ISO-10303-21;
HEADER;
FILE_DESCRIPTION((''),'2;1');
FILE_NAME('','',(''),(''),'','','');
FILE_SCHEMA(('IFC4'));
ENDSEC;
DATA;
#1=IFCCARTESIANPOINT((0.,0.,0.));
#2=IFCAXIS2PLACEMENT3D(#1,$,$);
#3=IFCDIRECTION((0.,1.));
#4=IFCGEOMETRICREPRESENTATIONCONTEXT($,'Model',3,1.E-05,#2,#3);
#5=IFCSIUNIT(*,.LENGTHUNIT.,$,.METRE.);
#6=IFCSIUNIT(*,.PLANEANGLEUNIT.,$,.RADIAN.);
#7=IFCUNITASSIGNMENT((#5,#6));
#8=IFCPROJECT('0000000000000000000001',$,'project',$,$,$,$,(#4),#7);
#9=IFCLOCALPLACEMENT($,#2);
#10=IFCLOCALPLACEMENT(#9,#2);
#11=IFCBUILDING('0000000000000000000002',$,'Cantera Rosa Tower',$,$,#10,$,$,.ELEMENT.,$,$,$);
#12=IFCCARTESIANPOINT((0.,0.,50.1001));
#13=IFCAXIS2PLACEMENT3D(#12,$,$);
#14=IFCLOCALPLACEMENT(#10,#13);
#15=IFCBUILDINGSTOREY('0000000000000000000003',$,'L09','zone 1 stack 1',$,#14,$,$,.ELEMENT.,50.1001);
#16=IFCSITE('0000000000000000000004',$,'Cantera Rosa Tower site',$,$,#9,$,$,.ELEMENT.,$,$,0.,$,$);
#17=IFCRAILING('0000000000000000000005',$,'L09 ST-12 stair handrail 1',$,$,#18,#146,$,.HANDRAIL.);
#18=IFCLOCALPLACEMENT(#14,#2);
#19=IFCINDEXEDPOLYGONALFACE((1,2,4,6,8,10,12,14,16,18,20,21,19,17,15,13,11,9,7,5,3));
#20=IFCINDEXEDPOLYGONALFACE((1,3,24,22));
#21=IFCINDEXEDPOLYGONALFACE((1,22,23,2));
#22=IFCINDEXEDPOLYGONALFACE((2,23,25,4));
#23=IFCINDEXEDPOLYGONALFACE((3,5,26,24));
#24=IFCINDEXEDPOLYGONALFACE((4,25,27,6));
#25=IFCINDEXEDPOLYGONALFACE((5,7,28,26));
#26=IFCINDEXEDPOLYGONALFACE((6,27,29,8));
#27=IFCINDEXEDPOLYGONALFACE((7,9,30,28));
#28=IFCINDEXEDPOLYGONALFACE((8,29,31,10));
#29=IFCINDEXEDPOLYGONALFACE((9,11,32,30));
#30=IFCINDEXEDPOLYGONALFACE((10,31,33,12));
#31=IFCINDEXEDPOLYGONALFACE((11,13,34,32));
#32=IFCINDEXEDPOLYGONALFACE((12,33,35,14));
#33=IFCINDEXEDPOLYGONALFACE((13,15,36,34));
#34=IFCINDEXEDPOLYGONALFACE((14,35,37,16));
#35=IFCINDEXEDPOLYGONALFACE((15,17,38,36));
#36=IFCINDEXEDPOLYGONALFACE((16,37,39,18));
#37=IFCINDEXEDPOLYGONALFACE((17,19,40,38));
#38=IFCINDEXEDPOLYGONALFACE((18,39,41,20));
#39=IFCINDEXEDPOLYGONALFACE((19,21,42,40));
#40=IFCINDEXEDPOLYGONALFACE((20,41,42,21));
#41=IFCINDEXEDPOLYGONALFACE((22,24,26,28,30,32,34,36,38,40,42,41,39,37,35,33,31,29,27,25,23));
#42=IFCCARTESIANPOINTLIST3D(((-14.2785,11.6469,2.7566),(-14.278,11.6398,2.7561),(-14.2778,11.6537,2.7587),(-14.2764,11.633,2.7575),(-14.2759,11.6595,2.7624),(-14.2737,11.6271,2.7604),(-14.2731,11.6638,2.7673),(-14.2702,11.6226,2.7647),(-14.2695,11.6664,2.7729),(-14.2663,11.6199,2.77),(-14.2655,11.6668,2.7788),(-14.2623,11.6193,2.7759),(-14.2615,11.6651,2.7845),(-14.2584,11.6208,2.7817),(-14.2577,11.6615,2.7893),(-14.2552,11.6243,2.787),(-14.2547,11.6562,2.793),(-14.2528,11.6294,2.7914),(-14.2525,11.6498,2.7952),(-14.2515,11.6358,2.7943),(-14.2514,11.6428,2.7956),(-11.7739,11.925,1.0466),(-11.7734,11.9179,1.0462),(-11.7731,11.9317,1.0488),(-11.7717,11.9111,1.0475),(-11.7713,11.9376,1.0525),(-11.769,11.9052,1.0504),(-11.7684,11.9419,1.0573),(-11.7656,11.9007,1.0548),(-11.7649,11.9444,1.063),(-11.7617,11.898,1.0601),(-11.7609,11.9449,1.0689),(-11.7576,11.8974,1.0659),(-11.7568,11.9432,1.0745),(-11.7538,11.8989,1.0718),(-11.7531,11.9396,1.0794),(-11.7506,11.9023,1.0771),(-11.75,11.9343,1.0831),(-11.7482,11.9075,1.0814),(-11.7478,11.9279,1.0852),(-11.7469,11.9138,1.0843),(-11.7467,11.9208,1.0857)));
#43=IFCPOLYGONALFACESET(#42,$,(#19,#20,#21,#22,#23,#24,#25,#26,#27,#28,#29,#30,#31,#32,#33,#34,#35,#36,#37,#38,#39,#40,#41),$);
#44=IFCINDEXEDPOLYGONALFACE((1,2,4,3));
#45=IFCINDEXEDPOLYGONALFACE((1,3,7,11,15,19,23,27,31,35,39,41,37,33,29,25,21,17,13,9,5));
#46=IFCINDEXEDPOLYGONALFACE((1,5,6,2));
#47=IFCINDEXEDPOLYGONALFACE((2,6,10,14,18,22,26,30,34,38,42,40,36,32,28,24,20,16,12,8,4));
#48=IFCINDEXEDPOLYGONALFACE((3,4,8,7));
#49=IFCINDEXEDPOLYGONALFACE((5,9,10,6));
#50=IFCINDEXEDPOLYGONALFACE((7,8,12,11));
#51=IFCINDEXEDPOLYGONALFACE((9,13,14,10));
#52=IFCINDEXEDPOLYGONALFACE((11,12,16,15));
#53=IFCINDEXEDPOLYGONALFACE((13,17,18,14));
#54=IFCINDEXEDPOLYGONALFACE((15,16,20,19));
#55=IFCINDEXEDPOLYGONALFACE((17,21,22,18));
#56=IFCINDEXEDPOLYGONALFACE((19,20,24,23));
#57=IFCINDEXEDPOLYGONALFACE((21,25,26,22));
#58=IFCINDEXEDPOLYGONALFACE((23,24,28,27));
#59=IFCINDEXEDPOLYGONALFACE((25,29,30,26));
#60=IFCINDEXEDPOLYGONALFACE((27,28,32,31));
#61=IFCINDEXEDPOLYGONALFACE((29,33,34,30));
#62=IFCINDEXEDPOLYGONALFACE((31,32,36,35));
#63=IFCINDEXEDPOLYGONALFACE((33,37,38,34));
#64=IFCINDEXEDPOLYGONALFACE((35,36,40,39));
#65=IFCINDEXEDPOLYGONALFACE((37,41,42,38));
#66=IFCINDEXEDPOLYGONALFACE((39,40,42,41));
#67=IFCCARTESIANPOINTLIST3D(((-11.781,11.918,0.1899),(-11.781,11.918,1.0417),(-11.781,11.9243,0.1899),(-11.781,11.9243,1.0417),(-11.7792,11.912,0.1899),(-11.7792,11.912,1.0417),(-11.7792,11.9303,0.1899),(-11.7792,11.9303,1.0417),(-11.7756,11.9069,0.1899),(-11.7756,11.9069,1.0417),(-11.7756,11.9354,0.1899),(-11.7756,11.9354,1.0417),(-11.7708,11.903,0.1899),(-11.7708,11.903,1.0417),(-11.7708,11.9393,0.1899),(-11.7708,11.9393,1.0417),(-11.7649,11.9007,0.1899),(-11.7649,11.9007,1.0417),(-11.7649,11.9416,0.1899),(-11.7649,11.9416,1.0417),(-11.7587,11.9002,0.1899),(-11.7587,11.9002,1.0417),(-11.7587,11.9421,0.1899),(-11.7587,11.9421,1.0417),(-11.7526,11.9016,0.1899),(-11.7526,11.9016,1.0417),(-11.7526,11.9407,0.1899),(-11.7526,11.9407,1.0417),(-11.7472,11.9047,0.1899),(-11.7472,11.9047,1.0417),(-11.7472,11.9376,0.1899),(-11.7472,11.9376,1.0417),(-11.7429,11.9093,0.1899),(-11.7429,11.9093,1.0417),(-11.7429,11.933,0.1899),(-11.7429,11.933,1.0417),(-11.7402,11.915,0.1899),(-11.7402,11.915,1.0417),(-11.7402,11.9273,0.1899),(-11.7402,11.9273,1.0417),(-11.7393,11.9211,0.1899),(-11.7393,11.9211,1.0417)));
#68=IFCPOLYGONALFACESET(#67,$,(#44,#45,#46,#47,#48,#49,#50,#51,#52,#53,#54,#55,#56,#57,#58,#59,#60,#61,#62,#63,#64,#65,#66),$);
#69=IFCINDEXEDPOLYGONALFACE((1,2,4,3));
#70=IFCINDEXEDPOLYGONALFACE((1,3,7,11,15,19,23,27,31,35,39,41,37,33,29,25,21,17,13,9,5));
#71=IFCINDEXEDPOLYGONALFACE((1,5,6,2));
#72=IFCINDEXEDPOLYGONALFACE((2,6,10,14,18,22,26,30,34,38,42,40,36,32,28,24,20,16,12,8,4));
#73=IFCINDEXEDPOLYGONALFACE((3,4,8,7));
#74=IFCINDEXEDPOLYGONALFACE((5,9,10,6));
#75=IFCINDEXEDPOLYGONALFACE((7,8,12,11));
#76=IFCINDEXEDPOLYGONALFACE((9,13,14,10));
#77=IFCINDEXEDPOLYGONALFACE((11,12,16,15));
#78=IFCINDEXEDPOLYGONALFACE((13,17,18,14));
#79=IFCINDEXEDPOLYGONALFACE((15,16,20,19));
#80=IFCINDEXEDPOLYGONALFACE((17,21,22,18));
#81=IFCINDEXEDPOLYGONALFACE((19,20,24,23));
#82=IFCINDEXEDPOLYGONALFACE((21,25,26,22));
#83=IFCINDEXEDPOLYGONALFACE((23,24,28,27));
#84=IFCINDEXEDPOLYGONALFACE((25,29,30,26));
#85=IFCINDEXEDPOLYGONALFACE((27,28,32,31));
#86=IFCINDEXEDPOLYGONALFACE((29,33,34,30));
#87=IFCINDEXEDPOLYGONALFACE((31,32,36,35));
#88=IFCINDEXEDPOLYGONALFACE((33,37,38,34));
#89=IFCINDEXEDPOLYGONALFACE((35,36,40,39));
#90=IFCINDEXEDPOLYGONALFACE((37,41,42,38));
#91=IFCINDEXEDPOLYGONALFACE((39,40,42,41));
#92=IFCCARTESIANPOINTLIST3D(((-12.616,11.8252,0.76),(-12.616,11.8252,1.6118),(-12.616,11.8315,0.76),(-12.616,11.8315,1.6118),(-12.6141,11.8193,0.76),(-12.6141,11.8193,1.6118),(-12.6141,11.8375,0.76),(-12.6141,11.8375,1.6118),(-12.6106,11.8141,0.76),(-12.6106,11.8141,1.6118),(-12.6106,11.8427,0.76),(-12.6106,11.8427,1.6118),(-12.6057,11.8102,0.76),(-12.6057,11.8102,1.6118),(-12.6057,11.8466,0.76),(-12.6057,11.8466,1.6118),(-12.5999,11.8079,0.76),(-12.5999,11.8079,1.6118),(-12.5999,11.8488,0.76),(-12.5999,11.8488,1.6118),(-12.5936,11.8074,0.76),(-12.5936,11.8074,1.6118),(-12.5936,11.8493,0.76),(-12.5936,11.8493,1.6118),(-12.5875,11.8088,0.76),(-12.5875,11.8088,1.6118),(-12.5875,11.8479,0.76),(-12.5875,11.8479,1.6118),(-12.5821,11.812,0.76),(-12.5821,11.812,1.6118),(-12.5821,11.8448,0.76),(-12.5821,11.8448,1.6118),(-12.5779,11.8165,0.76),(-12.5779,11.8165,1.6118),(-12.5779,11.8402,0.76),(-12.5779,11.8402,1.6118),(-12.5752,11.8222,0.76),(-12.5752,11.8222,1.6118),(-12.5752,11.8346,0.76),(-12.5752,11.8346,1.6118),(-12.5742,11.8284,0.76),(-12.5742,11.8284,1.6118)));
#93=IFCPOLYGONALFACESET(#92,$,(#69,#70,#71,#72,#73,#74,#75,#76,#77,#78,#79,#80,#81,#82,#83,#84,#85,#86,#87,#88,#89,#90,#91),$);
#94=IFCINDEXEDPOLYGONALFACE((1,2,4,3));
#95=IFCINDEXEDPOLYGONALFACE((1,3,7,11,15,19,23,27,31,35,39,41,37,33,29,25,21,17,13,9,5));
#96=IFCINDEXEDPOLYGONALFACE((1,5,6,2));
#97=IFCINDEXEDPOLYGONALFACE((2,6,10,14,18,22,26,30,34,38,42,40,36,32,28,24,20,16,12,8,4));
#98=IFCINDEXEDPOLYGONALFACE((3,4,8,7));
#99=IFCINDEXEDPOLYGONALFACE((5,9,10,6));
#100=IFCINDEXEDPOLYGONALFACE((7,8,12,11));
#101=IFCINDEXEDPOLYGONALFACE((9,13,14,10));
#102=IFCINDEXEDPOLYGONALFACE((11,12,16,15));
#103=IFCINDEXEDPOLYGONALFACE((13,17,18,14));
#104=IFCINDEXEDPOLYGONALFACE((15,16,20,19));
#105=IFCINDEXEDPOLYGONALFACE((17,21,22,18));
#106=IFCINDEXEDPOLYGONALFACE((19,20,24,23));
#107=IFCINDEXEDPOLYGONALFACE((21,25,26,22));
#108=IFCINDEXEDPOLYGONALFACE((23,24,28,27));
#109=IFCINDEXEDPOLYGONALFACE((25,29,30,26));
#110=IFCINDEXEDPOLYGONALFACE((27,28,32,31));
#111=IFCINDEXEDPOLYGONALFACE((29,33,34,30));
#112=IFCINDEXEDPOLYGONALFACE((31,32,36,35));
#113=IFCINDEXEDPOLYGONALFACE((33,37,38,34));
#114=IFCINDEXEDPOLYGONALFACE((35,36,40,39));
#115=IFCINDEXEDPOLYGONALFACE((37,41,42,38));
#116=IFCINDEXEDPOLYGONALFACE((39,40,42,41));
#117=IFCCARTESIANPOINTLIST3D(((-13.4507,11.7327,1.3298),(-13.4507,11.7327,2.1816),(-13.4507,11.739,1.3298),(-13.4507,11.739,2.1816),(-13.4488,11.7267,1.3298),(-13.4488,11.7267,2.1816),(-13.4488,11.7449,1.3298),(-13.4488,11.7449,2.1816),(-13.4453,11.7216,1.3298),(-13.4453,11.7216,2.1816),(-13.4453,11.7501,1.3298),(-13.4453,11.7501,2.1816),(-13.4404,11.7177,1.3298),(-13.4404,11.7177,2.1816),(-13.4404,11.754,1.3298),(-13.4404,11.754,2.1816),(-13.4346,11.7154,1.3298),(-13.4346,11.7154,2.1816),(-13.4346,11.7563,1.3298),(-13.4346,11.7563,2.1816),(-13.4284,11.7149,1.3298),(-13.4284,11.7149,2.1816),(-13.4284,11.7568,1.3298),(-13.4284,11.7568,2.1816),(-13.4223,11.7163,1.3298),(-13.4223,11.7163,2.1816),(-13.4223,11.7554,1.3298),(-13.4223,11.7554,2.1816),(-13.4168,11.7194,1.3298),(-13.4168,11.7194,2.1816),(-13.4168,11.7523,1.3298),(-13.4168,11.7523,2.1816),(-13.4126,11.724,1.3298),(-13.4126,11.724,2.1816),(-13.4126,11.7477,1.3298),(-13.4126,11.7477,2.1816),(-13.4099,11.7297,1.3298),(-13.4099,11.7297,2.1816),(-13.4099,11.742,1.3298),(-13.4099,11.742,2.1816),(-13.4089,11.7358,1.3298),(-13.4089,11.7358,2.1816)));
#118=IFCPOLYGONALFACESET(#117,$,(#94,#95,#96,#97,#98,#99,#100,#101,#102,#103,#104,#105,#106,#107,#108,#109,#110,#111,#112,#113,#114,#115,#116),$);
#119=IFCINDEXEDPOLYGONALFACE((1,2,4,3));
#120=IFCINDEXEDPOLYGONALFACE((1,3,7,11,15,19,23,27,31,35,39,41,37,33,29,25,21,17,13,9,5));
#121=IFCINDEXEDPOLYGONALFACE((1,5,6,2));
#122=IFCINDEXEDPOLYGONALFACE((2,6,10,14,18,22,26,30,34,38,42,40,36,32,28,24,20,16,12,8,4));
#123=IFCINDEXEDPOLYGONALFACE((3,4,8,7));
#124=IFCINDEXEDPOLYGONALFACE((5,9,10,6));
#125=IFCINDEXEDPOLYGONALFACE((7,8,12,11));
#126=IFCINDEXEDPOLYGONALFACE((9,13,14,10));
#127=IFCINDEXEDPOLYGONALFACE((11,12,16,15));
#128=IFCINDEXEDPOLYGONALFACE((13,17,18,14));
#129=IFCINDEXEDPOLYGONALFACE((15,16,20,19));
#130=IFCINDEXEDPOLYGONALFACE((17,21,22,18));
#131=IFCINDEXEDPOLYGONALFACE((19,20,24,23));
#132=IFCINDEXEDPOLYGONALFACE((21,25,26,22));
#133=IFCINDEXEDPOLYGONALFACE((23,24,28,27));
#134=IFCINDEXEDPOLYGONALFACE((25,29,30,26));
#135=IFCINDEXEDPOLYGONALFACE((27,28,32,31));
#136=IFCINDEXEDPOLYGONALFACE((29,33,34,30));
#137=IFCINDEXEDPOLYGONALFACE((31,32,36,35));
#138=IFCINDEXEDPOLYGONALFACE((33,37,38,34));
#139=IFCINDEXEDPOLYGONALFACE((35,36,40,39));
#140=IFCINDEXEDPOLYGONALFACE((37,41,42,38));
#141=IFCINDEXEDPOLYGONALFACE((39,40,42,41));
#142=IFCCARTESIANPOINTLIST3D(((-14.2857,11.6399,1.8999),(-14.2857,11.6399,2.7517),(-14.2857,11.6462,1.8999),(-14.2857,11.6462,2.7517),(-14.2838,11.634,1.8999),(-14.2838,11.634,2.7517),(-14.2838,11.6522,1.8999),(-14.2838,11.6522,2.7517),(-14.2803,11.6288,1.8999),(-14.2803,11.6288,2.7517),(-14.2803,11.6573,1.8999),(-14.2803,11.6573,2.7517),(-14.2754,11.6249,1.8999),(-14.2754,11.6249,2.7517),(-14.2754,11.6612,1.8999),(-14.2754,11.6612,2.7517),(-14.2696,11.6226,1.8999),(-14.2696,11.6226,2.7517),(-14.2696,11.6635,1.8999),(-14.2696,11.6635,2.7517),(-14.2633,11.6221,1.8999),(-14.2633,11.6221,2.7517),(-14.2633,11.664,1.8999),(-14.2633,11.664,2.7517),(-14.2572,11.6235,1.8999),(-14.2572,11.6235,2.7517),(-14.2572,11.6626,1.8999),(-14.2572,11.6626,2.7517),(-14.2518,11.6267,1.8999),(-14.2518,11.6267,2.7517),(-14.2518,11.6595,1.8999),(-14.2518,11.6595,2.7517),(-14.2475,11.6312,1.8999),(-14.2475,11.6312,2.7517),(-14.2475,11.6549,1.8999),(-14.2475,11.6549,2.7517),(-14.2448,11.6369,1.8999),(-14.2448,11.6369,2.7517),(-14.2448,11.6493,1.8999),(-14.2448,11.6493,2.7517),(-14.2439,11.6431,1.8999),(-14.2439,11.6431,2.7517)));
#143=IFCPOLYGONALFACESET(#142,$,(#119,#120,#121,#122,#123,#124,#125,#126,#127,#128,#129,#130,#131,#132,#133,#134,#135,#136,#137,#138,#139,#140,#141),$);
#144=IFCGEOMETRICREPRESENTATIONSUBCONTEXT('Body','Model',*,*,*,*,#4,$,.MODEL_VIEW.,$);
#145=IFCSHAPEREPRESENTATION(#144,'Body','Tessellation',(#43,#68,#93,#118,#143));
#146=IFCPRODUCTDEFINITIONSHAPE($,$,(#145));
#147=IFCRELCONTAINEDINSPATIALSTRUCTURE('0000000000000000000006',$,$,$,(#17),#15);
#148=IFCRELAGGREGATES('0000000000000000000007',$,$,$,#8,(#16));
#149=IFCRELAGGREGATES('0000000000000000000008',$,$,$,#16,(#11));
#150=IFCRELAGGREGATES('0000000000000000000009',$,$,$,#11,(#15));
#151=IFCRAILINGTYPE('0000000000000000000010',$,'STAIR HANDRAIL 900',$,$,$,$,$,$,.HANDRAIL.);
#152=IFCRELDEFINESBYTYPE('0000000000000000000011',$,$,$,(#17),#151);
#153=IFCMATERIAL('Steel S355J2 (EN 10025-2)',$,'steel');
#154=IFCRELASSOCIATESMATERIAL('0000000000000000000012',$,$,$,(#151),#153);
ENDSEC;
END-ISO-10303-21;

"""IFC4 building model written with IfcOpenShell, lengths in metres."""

from ifc_helpers import new_model, si_unit, direction, frame, origin, origin_2d, place, context, subcontext, project, spatial, circle, extrude, material, type_object, element, save


model = new_model("IFC4")

# Units and contexts
model_context = context("Model", 3, precision=1e-05, world=origin(), true_north=direction((0.0, 1.0)))
body_context = subcontext(model_context, "Body", "Model", "MODEL_VIEW")
ifc_project = project(units=[si_unit("LENGTHUNIT", "METRE"), si_unit("PLANEANGLEUNIT", "RADIAN")], contexts=[model_context])

# Site, building, storey
site_placement = place(None, origin())
site = spatial("IfcSite", under=ifc_project, at=site_placement, Name="Cantera Rosa Tower site", CompositionType="ELEMENT", RefElevation=0.0)
building_placement = place(site_placement, origin())
building = spatial("IfcBuilding", under=site, at=building_placement, Name="Cantera Rosa Tower", CompositionType="ELEMENT")
storey_placement = place(building_placement, frame((0.0, 0.0, 50.1001)))
storey = spatial("IfcBuildingStorey", under=building, at=storey_placement, Name="L09", Description="zone 1 stack 1", CompositionType="ELEMENT", Elevation=50.1001)

# Railing
ifc_material_1 = material(Name="Steel S355J2 (EN 10025-2)", Category="steel")
railing_type_1 = type_object("IfcRailingType", Name="STAIR HANDRAIL 900", PredefinedType="HANDRAIL", material=ifc_material_1)
railing_1_placement = place(storey_placement, frame((-11.7603, 11.9211, 0.1899)))
element("IfcRailing", 1, at=railing_1_placement, inside=storey, type_object=railing_type_1, Name="L09 ST-12 stair handrail 1", PredefinedType="HANDRAIL", context=body_context, shape_type="SweptSolid", body=[
    extrude(circle(Radius=0.0239, at=origin_2d()), frame((0.0, 0.0, 0.876), z_axis=(-0.822431, -0.09131, 0.561488), x_axis=(0.110346, -0.993893, 0.0)), (0.0, 0.0, 1.0), 3.0454),
    extrude(circle(Radius=0.021, at=origin_2d()), origin(), (0.0, 0.0, 1.0), 0.8518),
    extrude(circle(Radius=0.021, at=origin_2d()), frame((-0.835, -0.0928, 0.5701)), (0.0, 0.0, 1.0), 0.8518),
    extrude(circle(Radius=0.021, at=origin_2d()), frame((-1.6697, -0.1853, 1.1399)), (0.0, 0.0, 1.0), 0.8518),
    extrude(circle(Radius=0.021, at=origin_2d()), frame((-2.5046, -0.2781, 1.71)), (0.0, 0.0, 1.0), 0.8518),
])

save(model, "model.ifc")
